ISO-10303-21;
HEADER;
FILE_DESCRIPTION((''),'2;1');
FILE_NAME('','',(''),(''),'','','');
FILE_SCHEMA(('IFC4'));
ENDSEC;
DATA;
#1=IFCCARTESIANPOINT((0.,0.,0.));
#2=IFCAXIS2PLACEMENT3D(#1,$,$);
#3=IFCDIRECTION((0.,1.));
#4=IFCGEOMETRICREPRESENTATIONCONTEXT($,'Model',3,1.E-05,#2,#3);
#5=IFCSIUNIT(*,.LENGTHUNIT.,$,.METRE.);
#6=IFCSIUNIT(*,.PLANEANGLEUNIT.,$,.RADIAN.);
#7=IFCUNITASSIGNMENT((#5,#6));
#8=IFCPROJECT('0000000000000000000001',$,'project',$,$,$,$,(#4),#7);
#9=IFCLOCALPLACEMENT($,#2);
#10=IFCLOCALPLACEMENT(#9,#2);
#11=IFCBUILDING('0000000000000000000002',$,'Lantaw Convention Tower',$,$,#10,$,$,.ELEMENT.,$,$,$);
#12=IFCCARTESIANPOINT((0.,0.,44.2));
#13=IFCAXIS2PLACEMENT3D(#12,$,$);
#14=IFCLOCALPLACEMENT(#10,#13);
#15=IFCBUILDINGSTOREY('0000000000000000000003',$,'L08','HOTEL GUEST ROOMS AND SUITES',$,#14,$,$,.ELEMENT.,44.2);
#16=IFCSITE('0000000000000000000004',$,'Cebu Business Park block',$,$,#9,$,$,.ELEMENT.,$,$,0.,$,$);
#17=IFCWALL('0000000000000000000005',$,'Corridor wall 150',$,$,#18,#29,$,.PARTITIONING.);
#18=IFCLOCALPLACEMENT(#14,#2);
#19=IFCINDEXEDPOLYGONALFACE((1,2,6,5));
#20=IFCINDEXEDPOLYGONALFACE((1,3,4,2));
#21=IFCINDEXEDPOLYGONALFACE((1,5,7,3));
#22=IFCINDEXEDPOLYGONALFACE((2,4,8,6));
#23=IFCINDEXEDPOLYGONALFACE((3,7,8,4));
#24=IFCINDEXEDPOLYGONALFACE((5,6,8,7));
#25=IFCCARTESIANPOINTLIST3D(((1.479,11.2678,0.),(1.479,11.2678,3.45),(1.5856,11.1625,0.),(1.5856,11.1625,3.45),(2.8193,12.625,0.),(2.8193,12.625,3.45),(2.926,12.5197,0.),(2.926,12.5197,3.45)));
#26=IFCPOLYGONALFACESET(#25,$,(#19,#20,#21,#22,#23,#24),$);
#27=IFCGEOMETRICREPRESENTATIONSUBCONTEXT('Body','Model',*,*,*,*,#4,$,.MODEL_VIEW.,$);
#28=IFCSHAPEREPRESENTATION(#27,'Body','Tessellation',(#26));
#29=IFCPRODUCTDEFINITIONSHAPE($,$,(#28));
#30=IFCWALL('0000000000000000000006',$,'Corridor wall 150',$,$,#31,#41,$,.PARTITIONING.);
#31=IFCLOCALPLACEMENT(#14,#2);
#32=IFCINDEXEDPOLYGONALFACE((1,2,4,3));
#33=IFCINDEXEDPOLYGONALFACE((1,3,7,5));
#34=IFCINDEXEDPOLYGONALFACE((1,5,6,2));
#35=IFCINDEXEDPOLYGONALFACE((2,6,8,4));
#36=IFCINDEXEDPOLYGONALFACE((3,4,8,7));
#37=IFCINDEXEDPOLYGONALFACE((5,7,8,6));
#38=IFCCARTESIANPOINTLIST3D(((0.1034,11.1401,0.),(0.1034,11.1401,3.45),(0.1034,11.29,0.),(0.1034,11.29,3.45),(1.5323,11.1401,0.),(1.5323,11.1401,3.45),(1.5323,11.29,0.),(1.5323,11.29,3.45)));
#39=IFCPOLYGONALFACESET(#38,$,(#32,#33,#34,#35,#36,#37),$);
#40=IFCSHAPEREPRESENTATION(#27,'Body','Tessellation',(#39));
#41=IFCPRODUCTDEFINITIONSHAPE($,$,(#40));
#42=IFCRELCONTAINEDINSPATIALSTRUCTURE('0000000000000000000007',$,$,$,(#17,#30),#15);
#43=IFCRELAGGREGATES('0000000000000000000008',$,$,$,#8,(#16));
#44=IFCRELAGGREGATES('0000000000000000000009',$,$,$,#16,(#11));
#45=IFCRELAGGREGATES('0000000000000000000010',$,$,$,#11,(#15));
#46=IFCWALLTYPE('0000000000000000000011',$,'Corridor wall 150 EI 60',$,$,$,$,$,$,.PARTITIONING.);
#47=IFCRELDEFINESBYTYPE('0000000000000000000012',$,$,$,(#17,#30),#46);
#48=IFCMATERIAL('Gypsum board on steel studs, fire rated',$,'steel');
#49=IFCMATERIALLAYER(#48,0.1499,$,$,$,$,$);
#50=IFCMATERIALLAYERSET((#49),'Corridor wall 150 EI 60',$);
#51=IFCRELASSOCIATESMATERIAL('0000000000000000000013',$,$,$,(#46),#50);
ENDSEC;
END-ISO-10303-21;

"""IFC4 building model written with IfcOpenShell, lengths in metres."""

from ifc_helpers import new_model, si_unit, direction, frame, frame_2d, origin, place, context, subcontext, project, spatial, rectangle, extrude, material, layer, layer_set, type_object, element, save


model = new_model("IFC4")

# Units and contexts
model_context = context("Model", 3, precision=1e-05, world=origin(), true_north=direction((0.0, 1.0)))
body_context = subcontext(model_context, "Body", "Model", "MODEL_VIEW")
ifc_project = project(units=[si_unit("LENGTHUNIT", "METRE"), si_unit("PLANEANGLEUNIT", "RADIAN")], contexts=[model_context])

# Site, building, storey
site_placement = place(None, origin())
site = spatial("IfcSite", under=ifc_project, at=site_placement, Name="Cebu Business Park block", CompositionType="ELEMENT", RefElevation=0.0)
building_placement = place(site_placement, origin())
building = spatial("IfcBuilding", under=site, at=building_placement, Name="Lantaw Convention Tower", CompositionType="ELEMENT")
storey_placement = place(building_placement, frame((0.0, 0.0, 44.2)))
storey = spatial("IfcBuildingStorey", under=building, at=storey_placement, Name="L08", Description="HOTEL GUEST ROOMS AND SUITES", CompositionType="ELEMENT", Elevation=44.2)

# Shared definitions
ifc_material_1 = material(Name="Gypsum board on steel studs, fire rated", Category="steel")
ifc_layer_1 = layer(ifc_material_1, 0.1499)
ifc_layer_set_1 = layer_set([ifc_layer_1], Name="Corridor wall 150 EI 60")
wall_type_1 = type_object("IfcWallType", Name="Corridor wall 150 EI 60", PredefinedType="PARTITIONING", material=ifc_layer_set_1)

# Walls
wall_1_placement = place(storey_placement, frame((2.8726, 12.5723, 0.0), z_axis=(0.0, 0.0, 1.0), x_axis=(-0.702677, -0.711509, 0.0)))
element("IfcWall", 1, at=wall_1_placement, inside=storey, type_object=wall_type_1, Name="Corridor wall 150", PredefinedType="PARTITIONING", context=body_context, shape_type="SweptSolid", body=[
    extrude(rectangle(XDim=1.9075, YDim=0.1499, at=frame_2d((0.9536, 0.0))), origin(), (0.0, 0.0, 1.0), 3.45),
])
wall_2_placement = place(storey_placement, frame((1.5322, 11.2151, 0.0), z_axis=(0.0, 0.0, 1.0), x_axis=(-1.0, 0.0, 0.0)))
element("IfcWall", 2, at=wall_2_placement, inside=storey, type_object=wall_type_1, Name="Corridor wall 150", PredefinedType="PARTITIONING", context=body_context, shape_type="SweptSolid", body=[
    extrude(rectangle(XDim=1.429, YDim=0.1499, at=frame_2d((0.7144, 0.0))), origin(), (0.0, 0.0, 1.0), 3.45),
])

save(model, "model.ifc")
